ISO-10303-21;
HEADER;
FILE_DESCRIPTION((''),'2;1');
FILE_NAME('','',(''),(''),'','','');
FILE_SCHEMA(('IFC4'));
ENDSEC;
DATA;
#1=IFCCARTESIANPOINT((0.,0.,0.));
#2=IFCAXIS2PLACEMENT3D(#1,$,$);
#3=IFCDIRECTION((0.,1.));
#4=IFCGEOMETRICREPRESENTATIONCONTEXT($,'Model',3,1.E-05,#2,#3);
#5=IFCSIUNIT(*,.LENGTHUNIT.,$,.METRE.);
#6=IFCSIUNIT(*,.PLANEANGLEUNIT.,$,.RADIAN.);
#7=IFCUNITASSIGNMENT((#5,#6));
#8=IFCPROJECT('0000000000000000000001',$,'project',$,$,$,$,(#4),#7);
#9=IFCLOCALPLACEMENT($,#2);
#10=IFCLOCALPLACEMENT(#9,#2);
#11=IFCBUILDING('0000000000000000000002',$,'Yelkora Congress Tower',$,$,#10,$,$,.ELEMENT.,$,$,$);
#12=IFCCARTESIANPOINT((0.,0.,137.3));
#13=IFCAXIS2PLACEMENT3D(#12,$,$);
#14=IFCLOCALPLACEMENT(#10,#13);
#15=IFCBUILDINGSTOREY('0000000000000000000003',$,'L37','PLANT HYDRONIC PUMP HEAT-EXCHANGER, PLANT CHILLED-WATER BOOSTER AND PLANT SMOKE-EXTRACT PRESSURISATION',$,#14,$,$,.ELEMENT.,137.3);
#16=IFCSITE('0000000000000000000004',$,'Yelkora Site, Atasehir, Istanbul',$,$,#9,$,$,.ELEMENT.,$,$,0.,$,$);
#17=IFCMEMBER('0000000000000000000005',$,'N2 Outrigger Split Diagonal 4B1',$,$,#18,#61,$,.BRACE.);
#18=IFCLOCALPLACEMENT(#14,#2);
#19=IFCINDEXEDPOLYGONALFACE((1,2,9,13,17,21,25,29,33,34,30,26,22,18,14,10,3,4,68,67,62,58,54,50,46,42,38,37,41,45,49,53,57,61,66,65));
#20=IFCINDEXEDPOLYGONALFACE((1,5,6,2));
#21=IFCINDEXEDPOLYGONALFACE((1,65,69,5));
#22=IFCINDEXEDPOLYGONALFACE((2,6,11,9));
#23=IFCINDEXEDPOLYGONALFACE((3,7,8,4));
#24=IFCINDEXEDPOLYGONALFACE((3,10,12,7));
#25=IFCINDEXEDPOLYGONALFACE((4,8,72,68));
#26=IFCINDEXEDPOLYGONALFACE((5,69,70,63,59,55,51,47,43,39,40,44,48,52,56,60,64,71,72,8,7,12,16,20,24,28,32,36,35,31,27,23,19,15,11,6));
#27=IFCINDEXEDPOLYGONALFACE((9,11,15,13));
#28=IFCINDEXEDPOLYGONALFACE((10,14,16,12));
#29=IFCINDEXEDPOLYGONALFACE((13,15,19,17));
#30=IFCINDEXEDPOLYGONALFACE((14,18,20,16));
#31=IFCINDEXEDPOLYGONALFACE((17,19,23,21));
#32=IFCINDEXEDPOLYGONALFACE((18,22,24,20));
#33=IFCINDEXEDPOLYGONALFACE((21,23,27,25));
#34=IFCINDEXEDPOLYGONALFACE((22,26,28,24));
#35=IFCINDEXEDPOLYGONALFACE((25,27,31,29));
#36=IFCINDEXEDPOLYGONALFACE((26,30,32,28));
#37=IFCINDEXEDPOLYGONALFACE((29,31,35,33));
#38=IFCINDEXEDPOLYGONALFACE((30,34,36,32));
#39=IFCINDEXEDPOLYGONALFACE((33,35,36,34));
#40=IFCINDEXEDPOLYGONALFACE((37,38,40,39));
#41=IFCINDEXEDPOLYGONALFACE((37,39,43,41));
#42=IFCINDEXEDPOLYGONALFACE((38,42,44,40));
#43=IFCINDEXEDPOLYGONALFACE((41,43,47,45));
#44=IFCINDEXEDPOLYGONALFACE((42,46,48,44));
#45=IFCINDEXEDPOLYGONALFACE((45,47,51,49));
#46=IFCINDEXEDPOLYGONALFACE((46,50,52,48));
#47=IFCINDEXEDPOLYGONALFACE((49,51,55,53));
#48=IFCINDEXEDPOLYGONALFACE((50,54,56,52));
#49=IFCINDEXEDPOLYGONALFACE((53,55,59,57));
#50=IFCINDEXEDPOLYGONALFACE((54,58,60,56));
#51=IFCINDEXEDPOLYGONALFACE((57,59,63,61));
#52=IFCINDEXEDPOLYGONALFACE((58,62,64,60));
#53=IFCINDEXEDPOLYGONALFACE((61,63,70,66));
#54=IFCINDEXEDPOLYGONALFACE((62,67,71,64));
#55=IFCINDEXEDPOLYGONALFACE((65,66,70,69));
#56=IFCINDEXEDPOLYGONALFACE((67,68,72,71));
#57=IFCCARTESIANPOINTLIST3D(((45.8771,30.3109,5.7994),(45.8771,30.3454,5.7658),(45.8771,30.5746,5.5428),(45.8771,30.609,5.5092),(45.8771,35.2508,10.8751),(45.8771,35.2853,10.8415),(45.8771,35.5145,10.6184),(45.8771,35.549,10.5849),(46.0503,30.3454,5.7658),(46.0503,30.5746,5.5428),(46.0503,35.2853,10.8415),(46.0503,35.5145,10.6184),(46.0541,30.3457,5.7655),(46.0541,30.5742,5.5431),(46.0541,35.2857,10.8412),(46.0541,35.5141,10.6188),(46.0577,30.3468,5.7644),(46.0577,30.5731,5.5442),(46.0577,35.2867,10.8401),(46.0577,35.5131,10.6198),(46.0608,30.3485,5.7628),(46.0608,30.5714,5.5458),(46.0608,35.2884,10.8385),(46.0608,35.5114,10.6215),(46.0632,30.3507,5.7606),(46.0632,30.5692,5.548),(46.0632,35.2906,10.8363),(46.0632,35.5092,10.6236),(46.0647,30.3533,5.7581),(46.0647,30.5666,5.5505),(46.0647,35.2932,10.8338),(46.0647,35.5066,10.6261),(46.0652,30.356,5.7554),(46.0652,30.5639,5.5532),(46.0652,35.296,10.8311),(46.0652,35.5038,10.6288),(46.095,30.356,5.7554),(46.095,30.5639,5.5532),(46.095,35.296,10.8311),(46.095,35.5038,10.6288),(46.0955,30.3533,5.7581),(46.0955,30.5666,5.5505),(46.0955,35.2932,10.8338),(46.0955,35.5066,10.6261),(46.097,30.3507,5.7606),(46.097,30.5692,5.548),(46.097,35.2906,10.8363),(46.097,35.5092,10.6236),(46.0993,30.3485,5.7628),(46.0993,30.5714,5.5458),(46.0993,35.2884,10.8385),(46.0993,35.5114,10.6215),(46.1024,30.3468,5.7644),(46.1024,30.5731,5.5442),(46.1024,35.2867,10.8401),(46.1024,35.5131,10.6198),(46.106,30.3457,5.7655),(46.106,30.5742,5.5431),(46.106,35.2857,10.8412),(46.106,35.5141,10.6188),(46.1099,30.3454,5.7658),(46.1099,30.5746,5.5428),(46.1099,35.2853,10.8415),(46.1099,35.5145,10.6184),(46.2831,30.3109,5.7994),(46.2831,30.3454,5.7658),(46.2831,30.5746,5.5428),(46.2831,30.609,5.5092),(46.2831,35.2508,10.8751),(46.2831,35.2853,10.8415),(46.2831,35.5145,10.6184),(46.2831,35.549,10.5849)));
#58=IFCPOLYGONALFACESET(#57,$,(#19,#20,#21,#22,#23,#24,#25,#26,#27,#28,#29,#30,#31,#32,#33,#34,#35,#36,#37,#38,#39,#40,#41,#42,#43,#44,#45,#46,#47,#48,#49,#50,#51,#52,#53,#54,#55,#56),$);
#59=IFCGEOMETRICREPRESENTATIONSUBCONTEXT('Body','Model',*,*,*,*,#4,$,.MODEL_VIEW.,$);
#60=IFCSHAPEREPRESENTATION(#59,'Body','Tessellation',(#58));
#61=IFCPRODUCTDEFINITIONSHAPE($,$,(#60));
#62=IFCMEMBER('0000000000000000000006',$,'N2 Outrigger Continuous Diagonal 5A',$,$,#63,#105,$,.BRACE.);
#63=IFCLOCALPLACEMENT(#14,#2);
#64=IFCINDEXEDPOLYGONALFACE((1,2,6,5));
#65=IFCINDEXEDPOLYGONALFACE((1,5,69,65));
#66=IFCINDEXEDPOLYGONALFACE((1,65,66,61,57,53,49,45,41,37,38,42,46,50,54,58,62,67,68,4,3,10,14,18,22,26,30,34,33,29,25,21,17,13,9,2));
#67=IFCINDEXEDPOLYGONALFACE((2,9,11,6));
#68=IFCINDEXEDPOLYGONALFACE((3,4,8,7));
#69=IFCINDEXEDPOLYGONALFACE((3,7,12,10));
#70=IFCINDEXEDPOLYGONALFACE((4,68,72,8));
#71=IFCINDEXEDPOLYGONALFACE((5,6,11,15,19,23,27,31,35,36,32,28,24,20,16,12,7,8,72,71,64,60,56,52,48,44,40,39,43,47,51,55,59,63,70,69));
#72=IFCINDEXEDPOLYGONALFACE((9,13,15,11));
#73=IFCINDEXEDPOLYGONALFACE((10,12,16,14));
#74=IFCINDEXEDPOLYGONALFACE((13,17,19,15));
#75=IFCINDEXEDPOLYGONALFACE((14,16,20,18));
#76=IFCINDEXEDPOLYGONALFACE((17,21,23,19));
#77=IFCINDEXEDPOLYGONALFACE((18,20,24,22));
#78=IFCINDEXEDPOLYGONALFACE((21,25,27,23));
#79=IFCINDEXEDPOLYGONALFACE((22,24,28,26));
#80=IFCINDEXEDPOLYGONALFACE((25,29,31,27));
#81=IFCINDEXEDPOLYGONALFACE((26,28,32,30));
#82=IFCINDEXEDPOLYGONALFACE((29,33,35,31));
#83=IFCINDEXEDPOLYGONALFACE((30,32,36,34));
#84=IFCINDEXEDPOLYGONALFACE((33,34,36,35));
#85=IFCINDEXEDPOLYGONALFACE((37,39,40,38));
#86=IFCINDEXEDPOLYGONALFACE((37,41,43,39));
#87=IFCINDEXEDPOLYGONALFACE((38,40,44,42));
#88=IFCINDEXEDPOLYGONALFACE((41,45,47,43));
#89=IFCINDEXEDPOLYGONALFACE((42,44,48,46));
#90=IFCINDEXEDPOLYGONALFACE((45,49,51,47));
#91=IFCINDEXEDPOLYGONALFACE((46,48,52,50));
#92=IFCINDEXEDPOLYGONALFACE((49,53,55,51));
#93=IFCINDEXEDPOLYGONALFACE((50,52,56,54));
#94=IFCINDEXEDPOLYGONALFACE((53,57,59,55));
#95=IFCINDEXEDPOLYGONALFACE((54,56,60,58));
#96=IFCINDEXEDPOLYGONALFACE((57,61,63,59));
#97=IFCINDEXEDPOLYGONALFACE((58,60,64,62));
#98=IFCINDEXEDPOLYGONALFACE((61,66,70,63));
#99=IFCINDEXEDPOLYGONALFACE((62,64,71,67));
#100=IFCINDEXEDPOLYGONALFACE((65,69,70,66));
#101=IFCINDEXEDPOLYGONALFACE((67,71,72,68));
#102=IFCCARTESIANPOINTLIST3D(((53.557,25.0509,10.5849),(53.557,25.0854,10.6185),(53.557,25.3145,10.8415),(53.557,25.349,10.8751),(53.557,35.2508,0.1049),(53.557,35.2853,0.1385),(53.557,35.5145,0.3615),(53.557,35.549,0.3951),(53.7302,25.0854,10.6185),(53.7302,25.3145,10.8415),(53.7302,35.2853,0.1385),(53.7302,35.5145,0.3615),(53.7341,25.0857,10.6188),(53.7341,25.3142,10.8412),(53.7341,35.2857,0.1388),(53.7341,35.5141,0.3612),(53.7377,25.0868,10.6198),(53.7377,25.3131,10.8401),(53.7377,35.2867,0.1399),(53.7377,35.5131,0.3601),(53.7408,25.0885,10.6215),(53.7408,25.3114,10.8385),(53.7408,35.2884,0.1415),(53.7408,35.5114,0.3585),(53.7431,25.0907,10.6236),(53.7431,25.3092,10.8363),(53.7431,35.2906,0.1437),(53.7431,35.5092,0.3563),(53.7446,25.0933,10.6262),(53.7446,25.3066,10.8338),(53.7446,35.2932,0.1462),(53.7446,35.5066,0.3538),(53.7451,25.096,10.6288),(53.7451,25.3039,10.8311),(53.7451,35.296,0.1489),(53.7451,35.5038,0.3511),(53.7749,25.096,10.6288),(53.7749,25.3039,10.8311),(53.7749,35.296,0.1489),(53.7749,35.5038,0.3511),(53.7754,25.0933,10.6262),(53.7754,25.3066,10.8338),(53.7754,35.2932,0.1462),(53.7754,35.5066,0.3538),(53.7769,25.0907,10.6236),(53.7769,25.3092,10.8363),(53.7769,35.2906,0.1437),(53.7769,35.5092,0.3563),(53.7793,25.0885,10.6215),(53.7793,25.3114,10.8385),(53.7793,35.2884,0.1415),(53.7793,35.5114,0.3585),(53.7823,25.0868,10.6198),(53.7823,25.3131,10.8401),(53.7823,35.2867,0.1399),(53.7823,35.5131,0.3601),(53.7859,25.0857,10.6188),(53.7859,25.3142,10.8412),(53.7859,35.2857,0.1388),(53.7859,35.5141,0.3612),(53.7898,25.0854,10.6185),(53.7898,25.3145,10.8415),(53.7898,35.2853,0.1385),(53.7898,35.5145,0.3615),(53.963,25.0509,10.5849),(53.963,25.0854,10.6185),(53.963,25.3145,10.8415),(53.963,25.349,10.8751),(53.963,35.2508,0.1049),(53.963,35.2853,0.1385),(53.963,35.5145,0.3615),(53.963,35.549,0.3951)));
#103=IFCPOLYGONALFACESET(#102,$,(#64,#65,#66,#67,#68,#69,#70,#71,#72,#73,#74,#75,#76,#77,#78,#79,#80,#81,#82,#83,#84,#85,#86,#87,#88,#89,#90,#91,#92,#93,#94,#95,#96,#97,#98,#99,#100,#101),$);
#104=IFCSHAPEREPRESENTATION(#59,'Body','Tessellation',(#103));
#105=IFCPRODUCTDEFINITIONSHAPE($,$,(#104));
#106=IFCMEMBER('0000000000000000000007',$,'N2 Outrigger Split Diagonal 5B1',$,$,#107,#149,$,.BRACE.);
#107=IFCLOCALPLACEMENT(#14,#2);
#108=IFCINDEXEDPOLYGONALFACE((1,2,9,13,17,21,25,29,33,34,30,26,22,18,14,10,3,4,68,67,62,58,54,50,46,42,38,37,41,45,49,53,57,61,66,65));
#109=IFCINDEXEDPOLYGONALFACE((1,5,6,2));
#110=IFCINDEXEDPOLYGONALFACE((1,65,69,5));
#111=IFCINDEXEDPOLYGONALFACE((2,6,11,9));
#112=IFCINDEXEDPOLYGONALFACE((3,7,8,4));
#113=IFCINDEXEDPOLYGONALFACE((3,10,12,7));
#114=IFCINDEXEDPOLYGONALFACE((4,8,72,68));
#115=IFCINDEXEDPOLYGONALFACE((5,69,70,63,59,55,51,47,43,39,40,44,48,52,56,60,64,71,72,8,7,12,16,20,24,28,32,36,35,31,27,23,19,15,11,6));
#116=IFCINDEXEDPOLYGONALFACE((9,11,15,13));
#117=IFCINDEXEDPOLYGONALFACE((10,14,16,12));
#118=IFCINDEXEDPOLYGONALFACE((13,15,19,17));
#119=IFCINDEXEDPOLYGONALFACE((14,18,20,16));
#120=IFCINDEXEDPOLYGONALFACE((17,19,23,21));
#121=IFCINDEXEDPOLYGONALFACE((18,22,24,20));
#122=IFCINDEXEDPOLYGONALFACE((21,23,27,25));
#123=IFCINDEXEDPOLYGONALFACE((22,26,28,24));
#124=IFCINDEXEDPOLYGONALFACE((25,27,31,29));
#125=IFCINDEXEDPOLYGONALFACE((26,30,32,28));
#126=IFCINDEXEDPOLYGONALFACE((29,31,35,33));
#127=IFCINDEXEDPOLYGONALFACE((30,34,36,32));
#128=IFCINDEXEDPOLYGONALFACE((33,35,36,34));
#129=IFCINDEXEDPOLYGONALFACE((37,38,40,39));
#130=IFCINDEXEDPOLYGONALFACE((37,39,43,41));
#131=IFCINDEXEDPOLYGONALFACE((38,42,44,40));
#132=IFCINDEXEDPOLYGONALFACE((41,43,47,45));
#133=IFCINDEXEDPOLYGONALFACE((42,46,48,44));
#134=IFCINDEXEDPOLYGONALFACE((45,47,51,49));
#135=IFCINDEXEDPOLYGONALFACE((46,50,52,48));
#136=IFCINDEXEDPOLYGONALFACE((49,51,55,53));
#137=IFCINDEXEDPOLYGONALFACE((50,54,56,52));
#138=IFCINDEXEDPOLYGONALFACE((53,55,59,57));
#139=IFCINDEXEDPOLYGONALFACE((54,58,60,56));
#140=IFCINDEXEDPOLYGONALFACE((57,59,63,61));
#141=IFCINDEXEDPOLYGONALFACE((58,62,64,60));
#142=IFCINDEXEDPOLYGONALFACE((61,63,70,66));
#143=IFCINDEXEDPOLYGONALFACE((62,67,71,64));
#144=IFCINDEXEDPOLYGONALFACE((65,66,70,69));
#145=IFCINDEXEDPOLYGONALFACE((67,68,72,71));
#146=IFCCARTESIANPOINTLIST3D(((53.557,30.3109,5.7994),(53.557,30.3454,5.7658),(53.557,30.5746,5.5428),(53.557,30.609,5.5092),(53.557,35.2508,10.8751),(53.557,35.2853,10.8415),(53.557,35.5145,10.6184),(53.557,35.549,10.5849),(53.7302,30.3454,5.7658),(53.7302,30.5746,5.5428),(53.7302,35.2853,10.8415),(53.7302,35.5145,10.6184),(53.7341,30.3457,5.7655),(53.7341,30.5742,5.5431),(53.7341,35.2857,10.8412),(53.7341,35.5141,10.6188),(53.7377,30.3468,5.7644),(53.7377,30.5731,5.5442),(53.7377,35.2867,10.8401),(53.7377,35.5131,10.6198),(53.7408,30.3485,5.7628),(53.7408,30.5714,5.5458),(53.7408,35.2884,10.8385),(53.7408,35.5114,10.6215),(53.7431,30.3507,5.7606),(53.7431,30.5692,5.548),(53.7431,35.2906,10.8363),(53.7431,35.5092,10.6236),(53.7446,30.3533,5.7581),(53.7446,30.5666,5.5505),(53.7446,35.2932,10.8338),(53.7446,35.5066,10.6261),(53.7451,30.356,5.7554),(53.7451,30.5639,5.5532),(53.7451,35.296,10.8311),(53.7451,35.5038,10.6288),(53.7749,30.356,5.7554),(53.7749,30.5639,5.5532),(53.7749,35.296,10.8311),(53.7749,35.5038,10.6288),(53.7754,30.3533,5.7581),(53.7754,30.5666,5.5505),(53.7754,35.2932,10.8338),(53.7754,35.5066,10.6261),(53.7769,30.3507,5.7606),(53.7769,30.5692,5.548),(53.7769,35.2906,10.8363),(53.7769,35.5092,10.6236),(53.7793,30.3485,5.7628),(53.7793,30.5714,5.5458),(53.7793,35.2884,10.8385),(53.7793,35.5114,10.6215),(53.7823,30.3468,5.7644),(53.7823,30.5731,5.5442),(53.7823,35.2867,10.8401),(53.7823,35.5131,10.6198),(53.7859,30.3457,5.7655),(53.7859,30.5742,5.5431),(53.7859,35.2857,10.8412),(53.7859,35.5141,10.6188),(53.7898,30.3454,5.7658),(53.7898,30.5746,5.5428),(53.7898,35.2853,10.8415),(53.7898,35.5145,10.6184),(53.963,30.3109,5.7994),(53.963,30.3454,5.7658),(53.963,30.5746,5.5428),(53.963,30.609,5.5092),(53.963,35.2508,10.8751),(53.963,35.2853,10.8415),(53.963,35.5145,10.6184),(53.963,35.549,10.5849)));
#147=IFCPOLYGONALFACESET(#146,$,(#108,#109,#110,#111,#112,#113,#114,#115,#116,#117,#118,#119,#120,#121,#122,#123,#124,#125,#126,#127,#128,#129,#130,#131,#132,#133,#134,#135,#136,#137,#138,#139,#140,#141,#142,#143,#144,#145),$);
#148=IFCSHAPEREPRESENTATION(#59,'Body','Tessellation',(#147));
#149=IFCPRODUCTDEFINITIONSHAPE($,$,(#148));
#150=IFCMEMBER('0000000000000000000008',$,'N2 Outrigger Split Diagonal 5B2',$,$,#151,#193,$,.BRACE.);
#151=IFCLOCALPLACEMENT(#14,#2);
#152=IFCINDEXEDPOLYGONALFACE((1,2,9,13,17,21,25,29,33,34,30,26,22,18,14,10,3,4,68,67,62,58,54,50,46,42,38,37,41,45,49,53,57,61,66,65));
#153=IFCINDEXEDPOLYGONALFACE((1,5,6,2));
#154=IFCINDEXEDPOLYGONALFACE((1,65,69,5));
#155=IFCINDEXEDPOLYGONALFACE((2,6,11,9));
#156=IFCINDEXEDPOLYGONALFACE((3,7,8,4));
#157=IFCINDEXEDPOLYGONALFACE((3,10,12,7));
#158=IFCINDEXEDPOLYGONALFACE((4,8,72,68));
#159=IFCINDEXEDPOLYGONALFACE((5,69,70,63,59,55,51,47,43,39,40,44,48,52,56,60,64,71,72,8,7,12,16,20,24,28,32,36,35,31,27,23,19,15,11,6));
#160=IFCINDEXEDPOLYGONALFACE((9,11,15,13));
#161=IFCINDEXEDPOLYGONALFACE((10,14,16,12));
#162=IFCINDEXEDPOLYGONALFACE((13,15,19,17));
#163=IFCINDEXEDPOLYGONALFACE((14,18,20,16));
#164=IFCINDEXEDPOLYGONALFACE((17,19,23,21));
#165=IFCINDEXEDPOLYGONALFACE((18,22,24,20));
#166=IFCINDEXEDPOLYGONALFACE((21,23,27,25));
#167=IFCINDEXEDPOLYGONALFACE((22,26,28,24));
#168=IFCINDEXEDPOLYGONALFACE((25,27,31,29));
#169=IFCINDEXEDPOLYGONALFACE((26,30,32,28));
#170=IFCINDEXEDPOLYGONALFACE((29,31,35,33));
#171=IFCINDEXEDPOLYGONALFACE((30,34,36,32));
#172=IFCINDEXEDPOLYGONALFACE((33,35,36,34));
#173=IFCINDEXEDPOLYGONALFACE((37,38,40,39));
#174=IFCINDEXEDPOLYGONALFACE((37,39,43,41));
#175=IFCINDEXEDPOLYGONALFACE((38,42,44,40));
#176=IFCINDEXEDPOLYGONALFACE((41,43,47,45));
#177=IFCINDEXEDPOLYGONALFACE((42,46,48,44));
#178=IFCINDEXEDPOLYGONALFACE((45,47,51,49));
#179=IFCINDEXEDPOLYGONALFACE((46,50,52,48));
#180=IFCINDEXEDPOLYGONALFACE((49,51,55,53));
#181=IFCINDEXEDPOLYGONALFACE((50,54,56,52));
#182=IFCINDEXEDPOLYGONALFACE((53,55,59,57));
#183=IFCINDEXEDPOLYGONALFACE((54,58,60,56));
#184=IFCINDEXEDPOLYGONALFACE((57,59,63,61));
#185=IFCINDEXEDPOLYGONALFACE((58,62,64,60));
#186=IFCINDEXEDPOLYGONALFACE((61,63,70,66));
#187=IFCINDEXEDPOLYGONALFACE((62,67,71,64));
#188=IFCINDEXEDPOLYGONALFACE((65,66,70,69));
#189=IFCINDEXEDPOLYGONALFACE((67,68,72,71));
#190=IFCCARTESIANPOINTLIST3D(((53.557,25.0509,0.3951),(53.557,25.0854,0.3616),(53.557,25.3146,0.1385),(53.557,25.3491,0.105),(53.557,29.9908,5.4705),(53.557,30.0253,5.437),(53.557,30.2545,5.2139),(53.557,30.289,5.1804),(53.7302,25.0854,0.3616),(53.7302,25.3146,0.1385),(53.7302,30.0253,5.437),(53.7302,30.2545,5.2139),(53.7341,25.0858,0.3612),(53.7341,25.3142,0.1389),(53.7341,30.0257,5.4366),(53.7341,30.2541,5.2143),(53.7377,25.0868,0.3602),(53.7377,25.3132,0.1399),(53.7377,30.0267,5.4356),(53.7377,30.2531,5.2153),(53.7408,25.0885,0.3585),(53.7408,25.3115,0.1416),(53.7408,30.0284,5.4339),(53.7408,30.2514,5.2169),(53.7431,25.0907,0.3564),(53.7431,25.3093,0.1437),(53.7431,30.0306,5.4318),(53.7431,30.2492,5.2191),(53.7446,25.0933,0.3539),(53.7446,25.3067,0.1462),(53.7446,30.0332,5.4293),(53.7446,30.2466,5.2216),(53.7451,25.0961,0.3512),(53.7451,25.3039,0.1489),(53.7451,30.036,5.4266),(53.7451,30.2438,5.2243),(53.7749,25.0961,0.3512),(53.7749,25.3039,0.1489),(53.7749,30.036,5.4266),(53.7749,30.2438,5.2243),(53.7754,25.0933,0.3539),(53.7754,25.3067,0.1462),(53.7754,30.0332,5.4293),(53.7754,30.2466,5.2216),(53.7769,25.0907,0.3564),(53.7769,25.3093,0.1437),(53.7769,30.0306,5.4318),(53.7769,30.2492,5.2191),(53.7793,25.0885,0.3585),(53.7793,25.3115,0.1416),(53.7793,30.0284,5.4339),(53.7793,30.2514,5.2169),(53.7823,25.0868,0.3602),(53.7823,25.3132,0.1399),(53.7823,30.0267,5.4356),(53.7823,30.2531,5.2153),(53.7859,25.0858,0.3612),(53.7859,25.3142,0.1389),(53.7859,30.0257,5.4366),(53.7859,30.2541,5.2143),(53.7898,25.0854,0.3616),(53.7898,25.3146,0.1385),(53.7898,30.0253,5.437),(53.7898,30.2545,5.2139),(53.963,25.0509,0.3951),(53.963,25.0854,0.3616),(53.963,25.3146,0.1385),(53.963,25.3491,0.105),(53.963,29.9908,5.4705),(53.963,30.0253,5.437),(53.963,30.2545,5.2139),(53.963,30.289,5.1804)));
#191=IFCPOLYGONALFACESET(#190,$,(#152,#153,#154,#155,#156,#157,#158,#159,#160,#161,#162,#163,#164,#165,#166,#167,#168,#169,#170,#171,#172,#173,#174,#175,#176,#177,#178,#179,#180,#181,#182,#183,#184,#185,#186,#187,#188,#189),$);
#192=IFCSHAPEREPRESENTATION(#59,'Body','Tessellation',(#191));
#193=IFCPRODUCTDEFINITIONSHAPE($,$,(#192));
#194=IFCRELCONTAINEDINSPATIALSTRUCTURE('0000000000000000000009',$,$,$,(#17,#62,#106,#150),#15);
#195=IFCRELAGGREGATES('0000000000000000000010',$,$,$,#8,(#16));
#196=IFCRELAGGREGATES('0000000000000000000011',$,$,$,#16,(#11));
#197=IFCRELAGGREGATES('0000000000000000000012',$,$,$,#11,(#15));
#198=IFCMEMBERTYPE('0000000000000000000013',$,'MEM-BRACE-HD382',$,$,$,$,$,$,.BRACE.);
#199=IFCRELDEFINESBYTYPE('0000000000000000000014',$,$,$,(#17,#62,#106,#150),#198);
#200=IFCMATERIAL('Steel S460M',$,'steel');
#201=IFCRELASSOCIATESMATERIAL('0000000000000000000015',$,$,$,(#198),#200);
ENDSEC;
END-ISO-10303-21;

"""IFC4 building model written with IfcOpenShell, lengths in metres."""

from ifc_helpers import new_model, si_unit, direction, frame, origin, origin_2d, place, context, subcontext, project, spatial, i_section, extrude, material, material_profile, profile_set, type_object, element, save


model = new_model("IFC4")

# Units and contexts
model_context = context("Model", 3, precision=1e-05, world=origin(), true_north=direction((0.0, 1.0)))
body_context = subcontext(model_context, "Body", "Model", "MODEL_VIEW")
ifc_project = project(units=[si_unit("LENGTHUNIT", "METRE"), si_unit("PLANEANGLEUNIT", "RADIAN")], contexts=[model_context])

# Site, building, storey
site_placement = place(None, origin())
site = spatial("IfcSite", under=ifc_project, at=site_placement, Name="Yelkora Site, Atasehir, Istanbul", CompositionType="ELEMENT", RefElevation=0.0)
building_placement = place(site_placement, origin())
building = spatial("IfcBuilding", under=site, at=building_placement, Name="Yelkora Congress Tower", CompositionType="ELEMENT")
storey_placement = place(building_placement, frame((0.0, 0.0, 137.3)))
storey = spatial("IfcBuildingStorey", under=building, at=storey_placement, Name="L37", Description="PLANT HYDRONIC PUMP HEAT-EXCHANGER, PLANT CHILLED-WATER BOOSTER AND PLANT SMOKE-EXTRACT PRESSURISATION", CompositionType="ELEMENT", Elevation=137.3)

# Shared definitions
ifc_material_1 = material(Name="Steel S460M", Category="steel")

# Members
ifc_material_profile_1 = material_profile(ifc_material_1, i_section(OverallWidth=0.406, OverallDepth=0.416, WebThickness=0.0298, FlangeThickness=0.0481, FilletRadius=0.0149, at=origin_2d()), Name="HD 400x382")
ifc_profile_set_1 = profile_set([ifc_material_profile_1], Name="Steel S460M")
member_type_1 = type_object("IfcMemberType", Name="MEM-BRACE-HD382", PredefinedType="BRACE", material=ifc_profile_set_1)
member_1_placement = place(storey_placement, frame((46.0801, 35.3999, 10.73), z_axis=(0.0, -0.697459, -0.716624), x_axis=(1.0, 0.0, 0.0)))
element("IfcMember", 1, at=member_1_placement, inside=storey, type_object=member_type_1, Name="N2 Outrigger Split Diagonal 4B1", PredefinedType="BRACE", context=body_context, shape_type="SweptSolid", body=[
    extrude(i_section(OverallWidth=0.406, OverallDepth=0.416, WebThickness=0.0298, FlangeThickness=0.0481, FilletRadius=0.0149, at=origin_2d()), origin(), (0.0, 0.0, 1.0), 7.0828),
])
member_2_placement = place(storey_placement, frame((53.76, 35.3999, 0.25), z_axis=(0.0, -0.697468, 0.716616), x_axis=(1.0, 0.0, 0.0)))
element("IfcMember", 2, at=member_2_placement, inside=storey, type_object=member_type_1, Name="N2 Outrigger Continuous Diagonal 5A", PredefinedType="BRACE", context=body_context, shape_type="SweptSolid", body=[
    extrude(i_section(OverallWidth=0.406, OverallDepth=0.416, WebThickness=0.0298, FlangeThickness=0.0481, FilletRadius=0.0149, at=origin_2d()), origin(), (0.0, 0.0, 1.0), 14.6243),
])
member_3_placement = place(storey_placement, frame((53.76, 35.3999, 10.73), z_axis=(0.0, -0.697459, -0.716624), x_axis=(1.0, 0.0, 0.0)))
element("IfcMember", 3, at=member_3_placement, inside=storey, type_object=member_type_1, Name="N2 Outrigger Split Diagonal 5B1", PredefinedType="BRACE", context=body_context, shape_type="SweptSolid", body=[
    extrude(i_section(OverallWidth=0.406, OverallDepth=0.416, WebThickness=0.0298, FlangeThickness=0.0481, FilletRadius=0.0149, at=origin_2d()), origin(), (0.0, 0.0, 1.0), 7.0828),
])
member_4_placement = place(storey_placement, frame((53.76, 30.1399, 5.3254), z_axis=(0.0, -0.697477, -0.716608), x_axis=(1.0, 0.0, 0.0)))
element("IfcMember", 4, at=member_4_placement, inside=storey, type_object=member_type_1, Name="N2 Outrigger Split Diagonal 5B2", PredefinedType="BRACE", context=body_context, shape_type="SweptSolid", body=[
    extrude(i_section(OverallWidth=0.406, OverallDepth=0.416, WebThickness=0.0298, FlangeThickness=0.0481, FilletRadius=0.0149, at=origin_2d()), origin(), (0.0, 0.0, 1.0), 7.0825),
])

save(model, "model.ifc")
